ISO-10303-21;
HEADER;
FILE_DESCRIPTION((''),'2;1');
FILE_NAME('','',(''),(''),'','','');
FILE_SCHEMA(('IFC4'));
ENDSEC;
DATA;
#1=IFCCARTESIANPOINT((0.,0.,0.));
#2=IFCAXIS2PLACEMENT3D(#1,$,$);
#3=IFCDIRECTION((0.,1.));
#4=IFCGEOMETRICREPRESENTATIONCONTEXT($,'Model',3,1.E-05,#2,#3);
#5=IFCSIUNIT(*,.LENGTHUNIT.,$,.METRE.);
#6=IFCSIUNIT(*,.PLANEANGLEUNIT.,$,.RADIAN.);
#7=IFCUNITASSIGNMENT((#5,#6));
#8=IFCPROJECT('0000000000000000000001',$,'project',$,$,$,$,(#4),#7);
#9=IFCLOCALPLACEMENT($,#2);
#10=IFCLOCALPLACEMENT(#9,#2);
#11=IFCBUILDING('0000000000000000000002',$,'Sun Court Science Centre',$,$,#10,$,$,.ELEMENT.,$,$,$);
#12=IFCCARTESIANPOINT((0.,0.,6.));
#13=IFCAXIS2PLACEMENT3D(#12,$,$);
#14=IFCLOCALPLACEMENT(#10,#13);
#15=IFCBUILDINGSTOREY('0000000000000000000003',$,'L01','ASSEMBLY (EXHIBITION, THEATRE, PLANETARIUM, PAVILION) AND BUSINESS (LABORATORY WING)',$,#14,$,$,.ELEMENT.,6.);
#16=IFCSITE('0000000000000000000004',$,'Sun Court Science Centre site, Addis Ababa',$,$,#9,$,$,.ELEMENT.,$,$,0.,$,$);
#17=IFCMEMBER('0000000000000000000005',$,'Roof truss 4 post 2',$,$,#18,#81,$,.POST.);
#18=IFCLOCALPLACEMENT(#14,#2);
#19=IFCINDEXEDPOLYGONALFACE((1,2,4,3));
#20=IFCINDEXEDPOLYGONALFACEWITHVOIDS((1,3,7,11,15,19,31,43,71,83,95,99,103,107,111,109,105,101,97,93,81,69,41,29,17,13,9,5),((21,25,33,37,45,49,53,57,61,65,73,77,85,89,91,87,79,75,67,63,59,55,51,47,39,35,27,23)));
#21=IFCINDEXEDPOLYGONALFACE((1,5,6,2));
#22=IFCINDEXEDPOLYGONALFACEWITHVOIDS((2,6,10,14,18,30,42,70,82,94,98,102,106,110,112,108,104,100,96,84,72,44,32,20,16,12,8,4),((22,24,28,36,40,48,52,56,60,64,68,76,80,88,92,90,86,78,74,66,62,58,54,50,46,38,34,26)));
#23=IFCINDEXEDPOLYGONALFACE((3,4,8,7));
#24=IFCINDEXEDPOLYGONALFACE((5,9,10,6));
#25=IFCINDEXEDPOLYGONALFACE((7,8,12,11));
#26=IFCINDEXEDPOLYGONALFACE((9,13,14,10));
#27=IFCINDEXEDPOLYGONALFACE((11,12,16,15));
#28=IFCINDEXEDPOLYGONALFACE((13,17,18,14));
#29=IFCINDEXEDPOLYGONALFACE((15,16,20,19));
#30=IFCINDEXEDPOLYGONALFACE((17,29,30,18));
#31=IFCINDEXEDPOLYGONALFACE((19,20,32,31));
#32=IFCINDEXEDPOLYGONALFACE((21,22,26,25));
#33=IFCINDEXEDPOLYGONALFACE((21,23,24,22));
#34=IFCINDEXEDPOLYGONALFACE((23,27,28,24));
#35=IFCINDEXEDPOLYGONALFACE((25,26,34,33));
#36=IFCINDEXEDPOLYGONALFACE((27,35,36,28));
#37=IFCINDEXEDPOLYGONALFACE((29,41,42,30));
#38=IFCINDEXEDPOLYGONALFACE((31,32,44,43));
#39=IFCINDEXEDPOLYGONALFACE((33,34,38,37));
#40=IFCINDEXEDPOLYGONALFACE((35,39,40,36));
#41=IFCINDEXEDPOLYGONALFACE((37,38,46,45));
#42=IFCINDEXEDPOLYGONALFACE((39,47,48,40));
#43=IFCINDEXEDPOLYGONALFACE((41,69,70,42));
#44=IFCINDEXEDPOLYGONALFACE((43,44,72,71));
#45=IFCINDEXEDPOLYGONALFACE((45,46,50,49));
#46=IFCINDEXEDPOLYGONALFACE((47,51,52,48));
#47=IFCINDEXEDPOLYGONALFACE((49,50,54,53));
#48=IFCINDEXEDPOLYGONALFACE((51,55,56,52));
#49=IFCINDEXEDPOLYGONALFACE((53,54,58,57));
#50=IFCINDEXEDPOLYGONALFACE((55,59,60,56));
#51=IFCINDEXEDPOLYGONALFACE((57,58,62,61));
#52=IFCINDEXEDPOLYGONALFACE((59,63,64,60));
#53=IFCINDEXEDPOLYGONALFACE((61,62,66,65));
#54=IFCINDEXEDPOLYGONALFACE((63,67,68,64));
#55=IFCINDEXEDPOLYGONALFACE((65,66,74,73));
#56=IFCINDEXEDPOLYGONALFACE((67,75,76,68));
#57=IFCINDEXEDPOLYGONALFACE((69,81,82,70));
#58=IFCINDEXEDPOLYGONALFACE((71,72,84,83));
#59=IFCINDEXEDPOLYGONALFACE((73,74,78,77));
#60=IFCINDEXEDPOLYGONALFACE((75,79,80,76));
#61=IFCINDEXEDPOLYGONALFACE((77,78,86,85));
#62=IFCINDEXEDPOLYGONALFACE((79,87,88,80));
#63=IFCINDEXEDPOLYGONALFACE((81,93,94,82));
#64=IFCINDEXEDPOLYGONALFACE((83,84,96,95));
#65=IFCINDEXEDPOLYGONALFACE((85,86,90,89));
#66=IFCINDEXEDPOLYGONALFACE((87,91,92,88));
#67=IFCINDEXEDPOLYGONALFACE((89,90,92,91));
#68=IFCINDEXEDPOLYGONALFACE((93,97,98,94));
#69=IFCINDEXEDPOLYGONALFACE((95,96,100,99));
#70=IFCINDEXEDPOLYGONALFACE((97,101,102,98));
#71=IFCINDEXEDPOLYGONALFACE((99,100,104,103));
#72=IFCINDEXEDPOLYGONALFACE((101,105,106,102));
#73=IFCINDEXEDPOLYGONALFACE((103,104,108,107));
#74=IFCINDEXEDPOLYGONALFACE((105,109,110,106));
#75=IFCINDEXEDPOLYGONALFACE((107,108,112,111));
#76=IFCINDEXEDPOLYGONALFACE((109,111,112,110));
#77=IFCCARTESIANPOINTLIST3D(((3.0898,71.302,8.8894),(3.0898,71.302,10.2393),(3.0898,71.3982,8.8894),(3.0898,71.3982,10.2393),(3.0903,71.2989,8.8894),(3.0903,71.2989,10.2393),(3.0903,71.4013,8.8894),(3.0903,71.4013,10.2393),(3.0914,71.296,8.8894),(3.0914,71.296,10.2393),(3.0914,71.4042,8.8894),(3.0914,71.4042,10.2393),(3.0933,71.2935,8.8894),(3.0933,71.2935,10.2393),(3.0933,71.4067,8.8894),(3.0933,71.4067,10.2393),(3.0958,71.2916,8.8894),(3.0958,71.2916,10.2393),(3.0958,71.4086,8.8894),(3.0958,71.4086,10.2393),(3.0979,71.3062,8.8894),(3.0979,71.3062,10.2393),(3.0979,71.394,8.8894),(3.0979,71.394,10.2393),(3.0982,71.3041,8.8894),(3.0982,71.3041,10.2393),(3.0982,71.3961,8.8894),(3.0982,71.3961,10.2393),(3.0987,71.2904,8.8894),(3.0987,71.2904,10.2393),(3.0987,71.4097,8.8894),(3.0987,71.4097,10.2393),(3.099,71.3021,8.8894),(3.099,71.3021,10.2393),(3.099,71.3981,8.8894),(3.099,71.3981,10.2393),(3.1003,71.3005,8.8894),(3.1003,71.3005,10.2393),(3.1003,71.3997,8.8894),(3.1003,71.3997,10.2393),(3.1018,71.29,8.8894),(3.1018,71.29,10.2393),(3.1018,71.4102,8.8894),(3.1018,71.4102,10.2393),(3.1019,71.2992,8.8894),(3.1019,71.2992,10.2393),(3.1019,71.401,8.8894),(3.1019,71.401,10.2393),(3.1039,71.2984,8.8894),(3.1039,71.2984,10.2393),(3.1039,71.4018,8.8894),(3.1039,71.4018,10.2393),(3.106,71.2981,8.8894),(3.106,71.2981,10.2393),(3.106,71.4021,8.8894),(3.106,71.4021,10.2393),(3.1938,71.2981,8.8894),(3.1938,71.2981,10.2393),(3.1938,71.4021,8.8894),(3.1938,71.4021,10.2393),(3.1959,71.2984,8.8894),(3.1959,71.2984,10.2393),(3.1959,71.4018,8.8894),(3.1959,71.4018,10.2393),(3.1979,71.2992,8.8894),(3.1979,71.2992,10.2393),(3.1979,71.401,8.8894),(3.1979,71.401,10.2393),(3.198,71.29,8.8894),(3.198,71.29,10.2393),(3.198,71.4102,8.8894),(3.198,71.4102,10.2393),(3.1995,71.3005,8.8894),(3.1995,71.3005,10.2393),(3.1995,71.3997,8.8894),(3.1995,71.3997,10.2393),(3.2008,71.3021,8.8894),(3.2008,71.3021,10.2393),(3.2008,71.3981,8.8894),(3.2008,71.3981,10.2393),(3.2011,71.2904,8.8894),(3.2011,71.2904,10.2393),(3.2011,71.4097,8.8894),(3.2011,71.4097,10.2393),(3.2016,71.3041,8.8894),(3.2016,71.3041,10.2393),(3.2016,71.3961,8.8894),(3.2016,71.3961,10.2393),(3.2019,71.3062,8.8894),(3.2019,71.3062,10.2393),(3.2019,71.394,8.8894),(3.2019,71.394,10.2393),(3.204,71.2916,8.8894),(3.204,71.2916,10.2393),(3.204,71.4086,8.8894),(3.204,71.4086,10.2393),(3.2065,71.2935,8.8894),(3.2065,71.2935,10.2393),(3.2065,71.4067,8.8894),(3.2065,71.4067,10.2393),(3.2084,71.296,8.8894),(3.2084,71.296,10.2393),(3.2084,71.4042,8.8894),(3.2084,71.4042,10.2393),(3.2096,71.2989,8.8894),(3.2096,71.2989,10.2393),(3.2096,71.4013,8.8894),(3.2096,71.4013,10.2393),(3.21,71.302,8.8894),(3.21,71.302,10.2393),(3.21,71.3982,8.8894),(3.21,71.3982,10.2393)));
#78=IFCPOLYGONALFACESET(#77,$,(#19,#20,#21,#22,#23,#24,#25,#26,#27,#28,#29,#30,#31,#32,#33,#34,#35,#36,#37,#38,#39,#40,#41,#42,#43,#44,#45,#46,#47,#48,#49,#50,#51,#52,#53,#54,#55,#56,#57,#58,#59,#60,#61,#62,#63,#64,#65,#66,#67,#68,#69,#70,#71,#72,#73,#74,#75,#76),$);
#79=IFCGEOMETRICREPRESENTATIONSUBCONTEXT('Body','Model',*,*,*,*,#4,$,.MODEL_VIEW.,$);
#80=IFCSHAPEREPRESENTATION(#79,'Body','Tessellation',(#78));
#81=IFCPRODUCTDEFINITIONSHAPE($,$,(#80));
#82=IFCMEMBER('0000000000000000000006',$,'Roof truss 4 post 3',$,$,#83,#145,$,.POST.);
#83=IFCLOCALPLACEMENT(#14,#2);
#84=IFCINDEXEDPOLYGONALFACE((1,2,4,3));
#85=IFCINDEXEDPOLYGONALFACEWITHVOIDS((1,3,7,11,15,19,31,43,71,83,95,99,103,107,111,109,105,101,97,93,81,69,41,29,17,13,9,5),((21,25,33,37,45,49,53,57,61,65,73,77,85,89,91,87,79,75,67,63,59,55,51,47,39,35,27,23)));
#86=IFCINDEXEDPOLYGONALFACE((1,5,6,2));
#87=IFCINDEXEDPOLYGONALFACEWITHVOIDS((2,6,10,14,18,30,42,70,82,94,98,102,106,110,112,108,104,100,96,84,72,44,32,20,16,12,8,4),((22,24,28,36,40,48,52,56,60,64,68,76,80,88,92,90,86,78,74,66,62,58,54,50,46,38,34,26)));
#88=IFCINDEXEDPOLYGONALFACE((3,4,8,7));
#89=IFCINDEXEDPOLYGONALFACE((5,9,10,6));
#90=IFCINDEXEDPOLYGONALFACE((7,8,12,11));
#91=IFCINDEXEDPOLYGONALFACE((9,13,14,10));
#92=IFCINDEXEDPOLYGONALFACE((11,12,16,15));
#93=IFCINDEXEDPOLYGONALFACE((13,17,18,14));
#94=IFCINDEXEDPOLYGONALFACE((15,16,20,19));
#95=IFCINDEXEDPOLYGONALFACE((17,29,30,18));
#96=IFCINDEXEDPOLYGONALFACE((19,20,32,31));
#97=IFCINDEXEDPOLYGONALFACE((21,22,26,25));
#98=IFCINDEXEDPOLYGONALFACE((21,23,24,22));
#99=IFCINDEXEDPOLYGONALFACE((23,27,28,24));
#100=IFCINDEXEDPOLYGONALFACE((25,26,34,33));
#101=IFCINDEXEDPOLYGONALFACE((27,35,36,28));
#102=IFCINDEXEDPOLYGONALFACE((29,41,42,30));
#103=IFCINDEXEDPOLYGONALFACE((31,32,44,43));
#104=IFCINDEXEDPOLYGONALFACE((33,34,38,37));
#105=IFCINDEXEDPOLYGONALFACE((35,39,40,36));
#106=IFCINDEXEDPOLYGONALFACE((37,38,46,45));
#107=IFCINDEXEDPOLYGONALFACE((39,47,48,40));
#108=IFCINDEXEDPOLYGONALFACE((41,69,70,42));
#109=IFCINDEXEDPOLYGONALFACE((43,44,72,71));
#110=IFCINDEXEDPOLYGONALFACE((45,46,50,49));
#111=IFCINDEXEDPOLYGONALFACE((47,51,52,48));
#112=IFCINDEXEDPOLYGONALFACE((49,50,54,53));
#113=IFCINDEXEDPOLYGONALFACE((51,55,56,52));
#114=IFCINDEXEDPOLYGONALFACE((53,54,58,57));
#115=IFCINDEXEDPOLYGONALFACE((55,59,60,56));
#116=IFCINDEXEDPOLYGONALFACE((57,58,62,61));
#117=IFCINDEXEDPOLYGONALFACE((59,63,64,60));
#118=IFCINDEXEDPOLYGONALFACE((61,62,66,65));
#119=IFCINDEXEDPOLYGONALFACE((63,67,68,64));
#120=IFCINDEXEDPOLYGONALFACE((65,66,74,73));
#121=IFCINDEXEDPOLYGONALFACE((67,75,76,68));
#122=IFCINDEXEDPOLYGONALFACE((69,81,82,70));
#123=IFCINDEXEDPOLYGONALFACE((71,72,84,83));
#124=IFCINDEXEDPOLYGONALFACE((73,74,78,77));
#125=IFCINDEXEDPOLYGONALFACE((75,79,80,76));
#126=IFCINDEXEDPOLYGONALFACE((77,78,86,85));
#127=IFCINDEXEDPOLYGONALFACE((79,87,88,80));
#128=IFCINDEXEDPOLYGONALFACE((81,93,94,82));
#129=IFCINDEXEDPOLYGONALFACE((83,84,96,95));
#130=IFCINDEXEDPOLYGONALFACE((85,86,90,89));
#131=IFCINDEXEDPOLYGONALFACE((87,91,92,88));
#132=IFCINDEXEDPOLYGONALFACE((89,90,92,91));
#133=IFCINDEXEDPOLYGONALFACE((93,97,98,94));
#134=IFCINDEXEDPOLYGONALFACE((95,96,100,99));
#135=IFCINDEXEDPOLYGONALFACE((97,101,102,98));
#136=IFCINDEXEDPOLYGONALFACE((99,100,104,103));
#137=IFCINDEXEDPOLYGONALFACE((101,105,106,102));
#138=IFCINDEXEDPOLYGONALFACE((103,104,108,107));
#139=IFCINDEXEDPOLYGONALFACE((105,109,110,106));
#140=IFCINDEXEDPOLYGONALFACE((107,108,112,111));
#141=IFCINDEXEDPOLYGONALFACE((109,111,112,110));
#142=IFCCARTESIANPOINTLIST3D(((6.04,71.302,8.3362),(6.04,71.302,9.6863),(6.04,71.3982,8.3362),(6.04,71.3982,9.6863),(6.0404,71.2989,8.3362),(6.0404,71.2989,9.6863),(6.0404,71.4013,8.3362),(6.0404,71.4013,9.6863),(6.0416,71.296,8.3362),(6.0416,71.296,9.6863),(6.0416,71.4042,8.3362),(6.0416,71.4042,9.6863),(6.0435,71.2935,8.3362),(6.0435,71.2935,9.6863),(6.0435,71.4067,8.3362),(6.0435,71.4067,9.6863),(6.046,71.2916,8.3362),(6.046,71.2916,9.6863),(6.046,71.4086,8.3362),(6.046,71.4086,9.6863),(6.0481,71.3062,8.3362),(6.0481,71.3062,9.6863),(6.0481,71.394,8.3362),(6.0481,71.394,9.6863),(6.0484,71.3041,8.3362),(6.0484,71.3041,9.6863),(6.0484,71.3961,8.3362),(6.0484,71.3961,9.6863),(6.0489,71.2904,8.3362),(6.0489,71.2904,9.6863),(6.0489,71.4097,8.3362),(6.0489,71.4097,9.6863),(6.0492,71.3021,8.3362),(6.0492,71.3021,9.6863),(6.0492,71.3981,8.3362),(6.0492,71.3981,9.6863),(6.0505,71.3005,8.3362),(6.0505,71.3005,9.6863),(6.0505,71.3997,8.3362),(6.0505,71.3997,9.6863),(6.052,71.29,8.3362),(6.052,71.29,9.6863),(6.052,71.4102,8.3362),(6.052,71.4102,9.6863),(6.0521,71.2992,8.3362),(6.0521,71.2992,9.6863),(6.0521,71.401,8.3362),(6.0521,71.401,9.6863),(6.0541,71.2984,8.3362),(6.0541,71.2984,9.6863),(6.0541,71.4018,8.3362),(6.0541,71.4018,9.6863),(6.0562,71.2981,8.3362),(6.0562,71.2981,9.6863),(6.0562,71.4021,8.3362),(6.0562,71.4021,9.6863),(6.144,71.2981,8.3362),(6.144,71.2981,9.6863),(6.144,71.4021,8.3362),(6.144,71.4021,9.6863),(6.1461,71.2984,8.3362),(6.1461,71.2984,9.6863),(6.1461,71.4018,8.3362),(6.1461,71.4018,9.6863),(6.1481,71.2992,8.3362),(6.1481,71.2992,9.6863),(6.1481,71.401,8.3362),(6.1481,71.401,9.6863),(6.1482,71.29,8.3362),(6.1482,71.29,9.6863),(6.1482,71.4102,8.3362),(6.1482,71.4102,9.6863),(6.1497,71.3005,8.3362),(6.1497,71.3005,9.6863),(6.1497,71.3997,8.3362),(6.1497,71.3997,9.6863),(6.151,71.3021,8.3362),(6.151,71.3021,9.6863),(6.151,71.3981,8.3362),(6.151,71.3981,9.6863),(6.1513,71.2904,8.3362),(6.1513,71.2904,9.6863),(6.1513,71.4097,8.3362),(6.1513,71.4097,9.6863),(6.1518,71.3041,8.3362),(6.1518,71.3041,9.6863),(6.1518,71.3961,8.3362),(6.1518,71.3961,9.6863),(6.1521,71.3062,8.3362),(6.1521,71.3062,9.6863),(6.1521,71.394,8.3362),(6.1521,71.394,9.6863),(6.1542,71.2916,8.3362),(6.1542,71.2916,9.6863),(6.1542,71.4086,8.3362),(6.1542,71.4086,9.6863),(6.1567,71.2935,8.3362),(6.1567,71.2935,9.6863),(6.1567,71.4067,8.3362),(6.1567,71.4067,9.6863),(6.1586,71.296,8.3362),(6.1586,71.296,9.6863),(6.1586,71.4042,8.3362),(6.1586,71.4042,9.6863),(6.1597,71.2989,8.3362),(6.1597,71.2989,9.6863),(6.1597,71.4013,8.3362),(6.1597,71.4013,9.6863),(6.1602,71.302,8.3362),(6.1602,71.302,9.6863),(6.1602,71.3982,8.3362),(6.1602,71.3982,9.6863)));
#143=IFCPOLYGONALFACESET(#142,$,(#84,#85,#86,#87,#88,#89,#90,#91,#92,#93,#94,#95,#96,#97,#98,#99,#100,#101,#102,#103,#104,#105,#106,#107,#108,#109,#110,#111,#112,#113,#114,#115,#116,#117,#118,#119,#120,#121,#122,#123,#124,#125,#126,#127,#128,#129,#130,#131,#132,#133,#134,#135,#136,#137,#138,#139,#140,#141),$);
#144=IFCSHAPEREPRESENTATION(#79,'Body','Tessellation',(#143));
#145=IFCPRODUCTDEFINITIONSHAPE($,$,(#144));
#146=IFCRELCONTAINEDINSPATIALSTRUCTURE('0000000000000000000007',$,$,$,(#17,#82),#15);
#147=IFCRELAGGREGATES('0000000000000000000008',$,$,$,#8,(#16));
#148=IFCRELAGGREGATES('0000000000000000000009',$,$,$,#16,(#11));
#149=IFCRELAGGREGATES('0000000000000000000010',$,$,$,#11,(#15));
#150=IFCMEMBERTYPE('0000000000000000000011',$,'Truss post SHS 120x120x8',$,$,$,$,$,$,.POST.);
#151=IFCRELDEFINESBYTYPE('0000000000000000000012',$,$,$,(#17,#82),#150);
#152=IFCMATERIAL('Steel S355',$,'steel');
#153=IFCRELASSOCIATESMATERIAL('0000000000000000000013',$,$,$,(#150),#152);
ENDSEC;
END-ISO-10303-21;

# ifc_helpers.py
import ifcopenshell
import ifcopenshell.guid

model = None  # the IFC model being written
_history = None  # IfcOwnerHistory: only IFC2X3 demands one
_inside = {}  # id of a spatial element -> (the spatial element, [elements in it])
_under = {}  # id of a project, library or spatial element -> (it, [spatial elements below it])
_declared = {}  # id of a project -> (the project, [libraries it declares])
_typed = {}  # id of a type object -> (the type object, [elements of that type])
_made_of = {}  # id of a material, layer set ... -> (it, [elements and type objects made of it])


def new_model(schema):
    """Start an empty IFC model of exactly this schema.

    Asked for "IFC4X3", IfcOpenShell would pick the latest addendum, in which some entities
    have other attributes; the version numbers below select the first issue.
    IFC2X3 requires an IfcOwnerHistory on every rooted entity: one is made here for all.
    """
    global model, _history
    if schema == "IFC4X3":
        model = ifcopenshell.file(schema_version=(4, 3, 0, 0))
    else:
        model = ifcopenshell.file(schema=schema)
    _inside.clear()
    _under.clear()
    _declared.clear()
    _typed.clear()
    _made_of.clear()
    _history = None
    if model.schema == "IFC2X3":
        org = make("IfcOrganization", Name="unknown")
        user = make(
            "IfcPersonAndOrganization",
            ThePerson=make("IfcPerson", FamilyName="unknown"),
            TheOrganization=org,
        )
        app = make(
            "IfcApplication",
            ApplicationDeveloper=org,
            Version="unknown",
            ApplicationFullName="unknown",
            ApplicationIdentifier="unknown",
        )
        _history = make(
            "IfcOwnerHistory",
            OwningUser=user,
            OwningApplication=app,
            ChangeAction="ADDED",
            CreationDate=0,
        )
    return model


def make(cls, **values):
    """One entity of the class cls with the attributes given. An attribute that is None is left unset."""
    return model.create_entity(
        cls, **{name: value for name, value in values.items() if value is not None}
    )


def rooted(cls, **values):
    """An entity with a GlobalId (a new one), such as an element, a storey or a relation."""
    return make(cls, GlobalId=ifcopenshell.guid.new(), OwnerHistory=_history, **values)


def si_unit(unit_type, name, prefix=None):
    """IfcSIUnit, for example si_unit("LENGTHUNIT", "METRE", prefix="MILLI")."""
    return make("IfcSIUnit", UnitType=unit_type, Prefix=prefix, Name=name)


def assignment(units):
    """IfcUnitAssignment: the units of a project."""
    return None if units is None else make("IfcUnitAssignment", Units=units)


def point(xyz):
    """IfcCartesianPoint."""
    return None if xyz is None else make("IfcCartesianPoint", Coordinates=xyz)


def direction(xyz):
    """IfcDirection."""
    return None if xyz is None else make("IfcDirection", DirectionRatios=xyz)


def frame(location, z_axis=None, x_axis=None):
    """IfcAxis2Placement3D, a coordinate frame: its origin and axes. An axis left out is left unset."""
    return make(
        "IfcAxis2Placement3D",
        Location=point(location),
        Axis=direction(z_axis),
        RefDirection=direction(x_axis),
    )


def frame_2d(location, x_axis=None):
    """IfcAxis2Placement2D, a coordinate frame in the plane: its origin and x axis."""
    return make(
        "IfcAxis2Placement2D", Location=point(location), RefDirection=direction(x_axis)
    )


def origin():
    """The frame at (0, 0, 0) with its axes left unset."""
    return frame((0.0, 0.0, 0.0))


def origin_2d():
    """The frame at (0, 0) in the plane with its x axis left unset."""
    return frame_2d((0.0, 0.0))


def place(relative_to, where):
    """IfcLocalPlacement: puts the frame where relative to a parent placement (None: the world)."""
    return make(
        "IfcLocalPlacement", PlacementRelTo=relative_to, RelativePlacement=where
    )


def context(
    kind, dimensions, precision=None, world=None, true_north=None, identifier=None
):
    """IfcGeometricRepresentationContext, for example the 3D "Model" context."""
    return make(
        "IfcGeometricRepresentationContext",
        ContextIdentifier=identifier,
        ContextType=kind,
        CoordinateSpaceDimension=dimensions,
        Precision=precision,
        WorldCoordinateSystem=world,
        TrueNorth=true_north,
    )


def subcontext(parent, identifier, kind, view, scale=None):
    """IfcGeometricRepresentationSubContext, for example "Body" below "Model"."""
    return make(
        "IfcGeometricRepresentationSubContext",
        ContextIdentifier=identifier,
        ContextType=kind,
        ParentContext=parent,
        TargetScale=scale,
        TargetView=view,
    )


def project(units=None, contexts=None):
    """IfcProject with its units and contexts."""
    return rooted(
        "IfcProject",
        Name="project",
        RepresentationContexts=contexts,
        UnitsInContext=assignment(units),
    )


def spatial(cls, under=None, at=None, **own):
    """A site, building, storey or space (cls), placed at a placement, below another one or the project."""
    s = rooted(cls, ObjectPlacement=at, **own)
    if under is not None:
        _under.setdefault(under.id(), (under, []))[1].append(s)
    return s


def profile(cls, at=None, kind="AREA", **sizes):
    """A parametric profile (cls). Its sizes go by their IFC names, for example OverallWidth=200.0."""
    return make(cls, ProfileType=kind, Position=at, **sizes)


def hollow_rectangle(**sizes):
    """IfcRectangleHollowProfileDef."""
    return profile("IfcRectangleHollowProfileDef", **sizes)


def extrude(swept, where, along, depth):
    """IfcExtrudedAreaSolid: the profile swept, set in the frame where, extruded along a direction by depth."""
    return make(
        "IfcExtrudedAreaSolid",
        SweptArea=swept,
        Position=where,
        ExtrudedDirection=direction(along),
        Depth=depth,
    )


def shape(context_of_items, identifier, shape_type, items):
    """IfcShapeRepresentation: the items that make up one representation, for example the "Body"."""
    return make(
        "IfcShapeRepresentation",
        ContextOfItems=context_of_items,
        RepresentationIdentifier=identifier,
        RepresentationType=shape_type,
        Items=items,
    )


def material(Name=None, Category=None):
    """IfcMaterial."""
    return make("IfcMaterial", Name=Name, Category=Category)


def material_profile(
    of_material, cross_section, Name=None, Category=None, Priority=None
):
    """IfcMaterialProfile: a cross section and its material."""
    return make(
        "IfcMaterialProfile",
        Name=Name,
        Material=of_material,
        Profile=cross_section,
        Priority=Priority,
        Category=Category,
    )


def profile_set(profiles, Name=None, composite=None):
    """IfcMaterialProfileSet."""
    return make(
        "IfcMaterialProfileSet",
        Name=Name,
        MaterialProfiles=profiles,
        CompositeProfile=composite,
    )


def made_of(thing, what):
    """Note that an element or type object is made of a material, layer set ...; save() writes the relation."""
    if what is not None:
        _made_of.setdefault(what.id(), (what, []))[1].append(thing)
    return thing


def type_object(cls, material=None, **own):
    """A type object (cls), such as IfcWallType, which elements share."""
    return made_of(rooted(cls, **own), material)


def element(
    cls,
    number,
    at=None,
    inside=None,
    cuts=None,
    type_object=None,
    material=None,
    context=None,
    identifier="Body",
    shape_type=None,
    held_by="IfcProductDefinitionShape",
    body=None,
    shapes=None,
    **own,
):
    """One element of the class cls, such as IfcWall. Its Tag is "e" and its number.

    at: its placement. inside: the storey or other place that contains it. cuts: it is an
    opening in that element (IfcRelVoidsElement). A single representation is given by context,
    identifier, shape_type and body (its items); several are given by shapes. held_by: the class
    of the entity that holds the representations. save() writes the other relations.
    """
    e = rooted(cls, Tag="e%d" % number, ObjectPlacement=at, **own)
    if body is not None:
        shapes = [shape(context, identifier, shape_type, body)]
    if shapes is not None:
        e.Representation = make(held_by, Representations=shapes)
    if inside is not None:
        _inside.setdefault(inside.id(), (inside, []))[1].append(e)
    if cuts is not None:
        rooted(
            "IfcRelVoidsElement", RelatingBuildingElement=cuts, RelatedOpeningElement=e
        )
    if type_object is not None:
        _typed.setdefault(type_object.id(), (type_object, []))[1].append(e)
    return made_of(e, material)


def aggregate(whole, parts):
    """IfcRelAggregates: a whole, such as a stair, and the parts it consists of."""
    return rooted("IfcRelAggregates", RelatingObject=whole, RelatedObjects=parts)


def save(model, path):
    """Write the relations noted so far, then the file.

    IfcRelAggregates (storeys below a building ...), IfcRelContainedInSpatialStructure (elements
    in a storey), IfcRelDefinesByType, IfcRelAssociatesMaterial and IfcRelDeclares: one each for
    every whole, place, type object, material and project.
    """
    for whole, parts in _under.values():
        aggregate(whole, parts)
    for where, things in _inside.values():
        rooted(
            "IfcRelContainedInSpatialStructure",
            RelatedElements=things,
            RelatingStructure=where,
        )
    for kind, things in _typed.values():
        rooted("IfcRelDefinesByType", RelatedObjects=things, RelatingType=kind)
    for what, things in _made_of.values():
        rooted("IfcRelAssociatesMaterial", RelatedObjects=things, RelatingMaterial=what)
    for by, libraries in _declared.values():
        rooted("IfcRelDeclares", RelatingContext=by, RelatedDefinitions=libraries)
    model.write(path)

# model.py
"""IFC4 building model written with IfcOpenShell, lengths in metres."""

from ifc_helpers import new_model, si_unit, direction, frame, origin, origin_2d, place, context, subcontext, project, spatial, hollow_rectangle, extrude, material, material_profile, profile_set, type_object, element, save


model = new_model("IFC4")

# Units and contexts
model_context = context("Model", 3, precision=1e-05, world=origin(), true_north=direction((0.0, 1.0)))
body_context = subcontext(model_context, "Body", "Model", "MODEL_VIEW")
ifc_project = project(units=[si_unit("LENGTHUNIT", "METRE"), si_unit("PLANEANGLEUNIT", "RADIAN")], contexts=[model_context])

# Site, building, storey
site_placement = place(None, origin())
site = spatial("IfcSite", under=ifc_project, at=site_placement, Name="Sun Court Science Centre site, Addis Ababa", CompositionType="ELEMENT", RefElevation=0.0)
building_placement = place(site_placement, origin())
building = spatial("IfcBuilding", under=site, at=building_placement, Name="Sun Court Science Centre", CompositionType="ELEMENT")
storey_placement = place(building_placement, frame((0.0, 0.0, 6.0)))
storey = spatial("IfcBuildingStorey", under=building, at=storey_placement, Name="L01", Description="ASSEMBLY (EXHIBITION, THEATRE, PLANETARIUM, PAVILION) AND BUSINESS (LABORATORY WING)", CompositionType="ELEMENT", Elevation=6.0)

# Members
ifc_material_1 = material(Name="Steel S355", Category="steel")
ifc_material_profile_1 = material_profile(ifc_material_1, hollow_rectangle(XDim=0.1201, YDim=0.1201, WallThickness=0.0081, InnerFilletRadius=0.0081, OuterFilletRadius=0.012, at=origin_2d()), Name="SHS 120x120x8")
ifc_profile_set_1 = profile_set([ifc_material_profile_1], Name="Steel S355")
member_type_1 = type_object("IfcMemberType", Name="Truss post SHS 120x120x8", PredefinedType="POST", material=ifc_profile_set_1)
member_1_placement = place(storey_placement, frame((3.1499, 71.3501, 8.8894), z_axis=(0.0, 0.0, 1.0), x_axis=(1.0, 0.0, 0.0)))
element("IfcMember", 1, at=member_1_placement, inside=storey, type_object=member_type_1, Name="Roof truss 4 post 2", PredefinedType="POST", context=body_context, shape_type="SweptSolid", body=[
    extrude(hollow_rectangle(XDim=0.1201, YDim=0.1201, WallThickness=0.0081, InnerFilletRadius=0.0081, OuterFilletRadius=0.012, at=origin_2d()), origin(), (0.0, 0.0, 1.0), 1.3499),
])
member_2_placement = place(storey_placement, frame((6.1001, 71.3501, 8.3362), z_axis=(0.0, 0.0, 1.0), x_axis=(1.0, 0.0, 0.0)))
element("IfcMember", 2, at=member_2_placement, inside=storey, type_object=member_type_1, Name="Roof truss 4 post 3", PredefinedType="POST", context=body_context, shape_type="SweptSolid", body=[
    extrude(hollow_rectangle(XDim=0.1201, YDim=0.1201, WallThickness=0.0081, InnerFilletRadius=0.0081, OuterFilletRadius=0.012, at=origin_2d()), origin(), (0.0, 0.0, 1.0), 1.3501),
])

save(model, "model.ifc")
